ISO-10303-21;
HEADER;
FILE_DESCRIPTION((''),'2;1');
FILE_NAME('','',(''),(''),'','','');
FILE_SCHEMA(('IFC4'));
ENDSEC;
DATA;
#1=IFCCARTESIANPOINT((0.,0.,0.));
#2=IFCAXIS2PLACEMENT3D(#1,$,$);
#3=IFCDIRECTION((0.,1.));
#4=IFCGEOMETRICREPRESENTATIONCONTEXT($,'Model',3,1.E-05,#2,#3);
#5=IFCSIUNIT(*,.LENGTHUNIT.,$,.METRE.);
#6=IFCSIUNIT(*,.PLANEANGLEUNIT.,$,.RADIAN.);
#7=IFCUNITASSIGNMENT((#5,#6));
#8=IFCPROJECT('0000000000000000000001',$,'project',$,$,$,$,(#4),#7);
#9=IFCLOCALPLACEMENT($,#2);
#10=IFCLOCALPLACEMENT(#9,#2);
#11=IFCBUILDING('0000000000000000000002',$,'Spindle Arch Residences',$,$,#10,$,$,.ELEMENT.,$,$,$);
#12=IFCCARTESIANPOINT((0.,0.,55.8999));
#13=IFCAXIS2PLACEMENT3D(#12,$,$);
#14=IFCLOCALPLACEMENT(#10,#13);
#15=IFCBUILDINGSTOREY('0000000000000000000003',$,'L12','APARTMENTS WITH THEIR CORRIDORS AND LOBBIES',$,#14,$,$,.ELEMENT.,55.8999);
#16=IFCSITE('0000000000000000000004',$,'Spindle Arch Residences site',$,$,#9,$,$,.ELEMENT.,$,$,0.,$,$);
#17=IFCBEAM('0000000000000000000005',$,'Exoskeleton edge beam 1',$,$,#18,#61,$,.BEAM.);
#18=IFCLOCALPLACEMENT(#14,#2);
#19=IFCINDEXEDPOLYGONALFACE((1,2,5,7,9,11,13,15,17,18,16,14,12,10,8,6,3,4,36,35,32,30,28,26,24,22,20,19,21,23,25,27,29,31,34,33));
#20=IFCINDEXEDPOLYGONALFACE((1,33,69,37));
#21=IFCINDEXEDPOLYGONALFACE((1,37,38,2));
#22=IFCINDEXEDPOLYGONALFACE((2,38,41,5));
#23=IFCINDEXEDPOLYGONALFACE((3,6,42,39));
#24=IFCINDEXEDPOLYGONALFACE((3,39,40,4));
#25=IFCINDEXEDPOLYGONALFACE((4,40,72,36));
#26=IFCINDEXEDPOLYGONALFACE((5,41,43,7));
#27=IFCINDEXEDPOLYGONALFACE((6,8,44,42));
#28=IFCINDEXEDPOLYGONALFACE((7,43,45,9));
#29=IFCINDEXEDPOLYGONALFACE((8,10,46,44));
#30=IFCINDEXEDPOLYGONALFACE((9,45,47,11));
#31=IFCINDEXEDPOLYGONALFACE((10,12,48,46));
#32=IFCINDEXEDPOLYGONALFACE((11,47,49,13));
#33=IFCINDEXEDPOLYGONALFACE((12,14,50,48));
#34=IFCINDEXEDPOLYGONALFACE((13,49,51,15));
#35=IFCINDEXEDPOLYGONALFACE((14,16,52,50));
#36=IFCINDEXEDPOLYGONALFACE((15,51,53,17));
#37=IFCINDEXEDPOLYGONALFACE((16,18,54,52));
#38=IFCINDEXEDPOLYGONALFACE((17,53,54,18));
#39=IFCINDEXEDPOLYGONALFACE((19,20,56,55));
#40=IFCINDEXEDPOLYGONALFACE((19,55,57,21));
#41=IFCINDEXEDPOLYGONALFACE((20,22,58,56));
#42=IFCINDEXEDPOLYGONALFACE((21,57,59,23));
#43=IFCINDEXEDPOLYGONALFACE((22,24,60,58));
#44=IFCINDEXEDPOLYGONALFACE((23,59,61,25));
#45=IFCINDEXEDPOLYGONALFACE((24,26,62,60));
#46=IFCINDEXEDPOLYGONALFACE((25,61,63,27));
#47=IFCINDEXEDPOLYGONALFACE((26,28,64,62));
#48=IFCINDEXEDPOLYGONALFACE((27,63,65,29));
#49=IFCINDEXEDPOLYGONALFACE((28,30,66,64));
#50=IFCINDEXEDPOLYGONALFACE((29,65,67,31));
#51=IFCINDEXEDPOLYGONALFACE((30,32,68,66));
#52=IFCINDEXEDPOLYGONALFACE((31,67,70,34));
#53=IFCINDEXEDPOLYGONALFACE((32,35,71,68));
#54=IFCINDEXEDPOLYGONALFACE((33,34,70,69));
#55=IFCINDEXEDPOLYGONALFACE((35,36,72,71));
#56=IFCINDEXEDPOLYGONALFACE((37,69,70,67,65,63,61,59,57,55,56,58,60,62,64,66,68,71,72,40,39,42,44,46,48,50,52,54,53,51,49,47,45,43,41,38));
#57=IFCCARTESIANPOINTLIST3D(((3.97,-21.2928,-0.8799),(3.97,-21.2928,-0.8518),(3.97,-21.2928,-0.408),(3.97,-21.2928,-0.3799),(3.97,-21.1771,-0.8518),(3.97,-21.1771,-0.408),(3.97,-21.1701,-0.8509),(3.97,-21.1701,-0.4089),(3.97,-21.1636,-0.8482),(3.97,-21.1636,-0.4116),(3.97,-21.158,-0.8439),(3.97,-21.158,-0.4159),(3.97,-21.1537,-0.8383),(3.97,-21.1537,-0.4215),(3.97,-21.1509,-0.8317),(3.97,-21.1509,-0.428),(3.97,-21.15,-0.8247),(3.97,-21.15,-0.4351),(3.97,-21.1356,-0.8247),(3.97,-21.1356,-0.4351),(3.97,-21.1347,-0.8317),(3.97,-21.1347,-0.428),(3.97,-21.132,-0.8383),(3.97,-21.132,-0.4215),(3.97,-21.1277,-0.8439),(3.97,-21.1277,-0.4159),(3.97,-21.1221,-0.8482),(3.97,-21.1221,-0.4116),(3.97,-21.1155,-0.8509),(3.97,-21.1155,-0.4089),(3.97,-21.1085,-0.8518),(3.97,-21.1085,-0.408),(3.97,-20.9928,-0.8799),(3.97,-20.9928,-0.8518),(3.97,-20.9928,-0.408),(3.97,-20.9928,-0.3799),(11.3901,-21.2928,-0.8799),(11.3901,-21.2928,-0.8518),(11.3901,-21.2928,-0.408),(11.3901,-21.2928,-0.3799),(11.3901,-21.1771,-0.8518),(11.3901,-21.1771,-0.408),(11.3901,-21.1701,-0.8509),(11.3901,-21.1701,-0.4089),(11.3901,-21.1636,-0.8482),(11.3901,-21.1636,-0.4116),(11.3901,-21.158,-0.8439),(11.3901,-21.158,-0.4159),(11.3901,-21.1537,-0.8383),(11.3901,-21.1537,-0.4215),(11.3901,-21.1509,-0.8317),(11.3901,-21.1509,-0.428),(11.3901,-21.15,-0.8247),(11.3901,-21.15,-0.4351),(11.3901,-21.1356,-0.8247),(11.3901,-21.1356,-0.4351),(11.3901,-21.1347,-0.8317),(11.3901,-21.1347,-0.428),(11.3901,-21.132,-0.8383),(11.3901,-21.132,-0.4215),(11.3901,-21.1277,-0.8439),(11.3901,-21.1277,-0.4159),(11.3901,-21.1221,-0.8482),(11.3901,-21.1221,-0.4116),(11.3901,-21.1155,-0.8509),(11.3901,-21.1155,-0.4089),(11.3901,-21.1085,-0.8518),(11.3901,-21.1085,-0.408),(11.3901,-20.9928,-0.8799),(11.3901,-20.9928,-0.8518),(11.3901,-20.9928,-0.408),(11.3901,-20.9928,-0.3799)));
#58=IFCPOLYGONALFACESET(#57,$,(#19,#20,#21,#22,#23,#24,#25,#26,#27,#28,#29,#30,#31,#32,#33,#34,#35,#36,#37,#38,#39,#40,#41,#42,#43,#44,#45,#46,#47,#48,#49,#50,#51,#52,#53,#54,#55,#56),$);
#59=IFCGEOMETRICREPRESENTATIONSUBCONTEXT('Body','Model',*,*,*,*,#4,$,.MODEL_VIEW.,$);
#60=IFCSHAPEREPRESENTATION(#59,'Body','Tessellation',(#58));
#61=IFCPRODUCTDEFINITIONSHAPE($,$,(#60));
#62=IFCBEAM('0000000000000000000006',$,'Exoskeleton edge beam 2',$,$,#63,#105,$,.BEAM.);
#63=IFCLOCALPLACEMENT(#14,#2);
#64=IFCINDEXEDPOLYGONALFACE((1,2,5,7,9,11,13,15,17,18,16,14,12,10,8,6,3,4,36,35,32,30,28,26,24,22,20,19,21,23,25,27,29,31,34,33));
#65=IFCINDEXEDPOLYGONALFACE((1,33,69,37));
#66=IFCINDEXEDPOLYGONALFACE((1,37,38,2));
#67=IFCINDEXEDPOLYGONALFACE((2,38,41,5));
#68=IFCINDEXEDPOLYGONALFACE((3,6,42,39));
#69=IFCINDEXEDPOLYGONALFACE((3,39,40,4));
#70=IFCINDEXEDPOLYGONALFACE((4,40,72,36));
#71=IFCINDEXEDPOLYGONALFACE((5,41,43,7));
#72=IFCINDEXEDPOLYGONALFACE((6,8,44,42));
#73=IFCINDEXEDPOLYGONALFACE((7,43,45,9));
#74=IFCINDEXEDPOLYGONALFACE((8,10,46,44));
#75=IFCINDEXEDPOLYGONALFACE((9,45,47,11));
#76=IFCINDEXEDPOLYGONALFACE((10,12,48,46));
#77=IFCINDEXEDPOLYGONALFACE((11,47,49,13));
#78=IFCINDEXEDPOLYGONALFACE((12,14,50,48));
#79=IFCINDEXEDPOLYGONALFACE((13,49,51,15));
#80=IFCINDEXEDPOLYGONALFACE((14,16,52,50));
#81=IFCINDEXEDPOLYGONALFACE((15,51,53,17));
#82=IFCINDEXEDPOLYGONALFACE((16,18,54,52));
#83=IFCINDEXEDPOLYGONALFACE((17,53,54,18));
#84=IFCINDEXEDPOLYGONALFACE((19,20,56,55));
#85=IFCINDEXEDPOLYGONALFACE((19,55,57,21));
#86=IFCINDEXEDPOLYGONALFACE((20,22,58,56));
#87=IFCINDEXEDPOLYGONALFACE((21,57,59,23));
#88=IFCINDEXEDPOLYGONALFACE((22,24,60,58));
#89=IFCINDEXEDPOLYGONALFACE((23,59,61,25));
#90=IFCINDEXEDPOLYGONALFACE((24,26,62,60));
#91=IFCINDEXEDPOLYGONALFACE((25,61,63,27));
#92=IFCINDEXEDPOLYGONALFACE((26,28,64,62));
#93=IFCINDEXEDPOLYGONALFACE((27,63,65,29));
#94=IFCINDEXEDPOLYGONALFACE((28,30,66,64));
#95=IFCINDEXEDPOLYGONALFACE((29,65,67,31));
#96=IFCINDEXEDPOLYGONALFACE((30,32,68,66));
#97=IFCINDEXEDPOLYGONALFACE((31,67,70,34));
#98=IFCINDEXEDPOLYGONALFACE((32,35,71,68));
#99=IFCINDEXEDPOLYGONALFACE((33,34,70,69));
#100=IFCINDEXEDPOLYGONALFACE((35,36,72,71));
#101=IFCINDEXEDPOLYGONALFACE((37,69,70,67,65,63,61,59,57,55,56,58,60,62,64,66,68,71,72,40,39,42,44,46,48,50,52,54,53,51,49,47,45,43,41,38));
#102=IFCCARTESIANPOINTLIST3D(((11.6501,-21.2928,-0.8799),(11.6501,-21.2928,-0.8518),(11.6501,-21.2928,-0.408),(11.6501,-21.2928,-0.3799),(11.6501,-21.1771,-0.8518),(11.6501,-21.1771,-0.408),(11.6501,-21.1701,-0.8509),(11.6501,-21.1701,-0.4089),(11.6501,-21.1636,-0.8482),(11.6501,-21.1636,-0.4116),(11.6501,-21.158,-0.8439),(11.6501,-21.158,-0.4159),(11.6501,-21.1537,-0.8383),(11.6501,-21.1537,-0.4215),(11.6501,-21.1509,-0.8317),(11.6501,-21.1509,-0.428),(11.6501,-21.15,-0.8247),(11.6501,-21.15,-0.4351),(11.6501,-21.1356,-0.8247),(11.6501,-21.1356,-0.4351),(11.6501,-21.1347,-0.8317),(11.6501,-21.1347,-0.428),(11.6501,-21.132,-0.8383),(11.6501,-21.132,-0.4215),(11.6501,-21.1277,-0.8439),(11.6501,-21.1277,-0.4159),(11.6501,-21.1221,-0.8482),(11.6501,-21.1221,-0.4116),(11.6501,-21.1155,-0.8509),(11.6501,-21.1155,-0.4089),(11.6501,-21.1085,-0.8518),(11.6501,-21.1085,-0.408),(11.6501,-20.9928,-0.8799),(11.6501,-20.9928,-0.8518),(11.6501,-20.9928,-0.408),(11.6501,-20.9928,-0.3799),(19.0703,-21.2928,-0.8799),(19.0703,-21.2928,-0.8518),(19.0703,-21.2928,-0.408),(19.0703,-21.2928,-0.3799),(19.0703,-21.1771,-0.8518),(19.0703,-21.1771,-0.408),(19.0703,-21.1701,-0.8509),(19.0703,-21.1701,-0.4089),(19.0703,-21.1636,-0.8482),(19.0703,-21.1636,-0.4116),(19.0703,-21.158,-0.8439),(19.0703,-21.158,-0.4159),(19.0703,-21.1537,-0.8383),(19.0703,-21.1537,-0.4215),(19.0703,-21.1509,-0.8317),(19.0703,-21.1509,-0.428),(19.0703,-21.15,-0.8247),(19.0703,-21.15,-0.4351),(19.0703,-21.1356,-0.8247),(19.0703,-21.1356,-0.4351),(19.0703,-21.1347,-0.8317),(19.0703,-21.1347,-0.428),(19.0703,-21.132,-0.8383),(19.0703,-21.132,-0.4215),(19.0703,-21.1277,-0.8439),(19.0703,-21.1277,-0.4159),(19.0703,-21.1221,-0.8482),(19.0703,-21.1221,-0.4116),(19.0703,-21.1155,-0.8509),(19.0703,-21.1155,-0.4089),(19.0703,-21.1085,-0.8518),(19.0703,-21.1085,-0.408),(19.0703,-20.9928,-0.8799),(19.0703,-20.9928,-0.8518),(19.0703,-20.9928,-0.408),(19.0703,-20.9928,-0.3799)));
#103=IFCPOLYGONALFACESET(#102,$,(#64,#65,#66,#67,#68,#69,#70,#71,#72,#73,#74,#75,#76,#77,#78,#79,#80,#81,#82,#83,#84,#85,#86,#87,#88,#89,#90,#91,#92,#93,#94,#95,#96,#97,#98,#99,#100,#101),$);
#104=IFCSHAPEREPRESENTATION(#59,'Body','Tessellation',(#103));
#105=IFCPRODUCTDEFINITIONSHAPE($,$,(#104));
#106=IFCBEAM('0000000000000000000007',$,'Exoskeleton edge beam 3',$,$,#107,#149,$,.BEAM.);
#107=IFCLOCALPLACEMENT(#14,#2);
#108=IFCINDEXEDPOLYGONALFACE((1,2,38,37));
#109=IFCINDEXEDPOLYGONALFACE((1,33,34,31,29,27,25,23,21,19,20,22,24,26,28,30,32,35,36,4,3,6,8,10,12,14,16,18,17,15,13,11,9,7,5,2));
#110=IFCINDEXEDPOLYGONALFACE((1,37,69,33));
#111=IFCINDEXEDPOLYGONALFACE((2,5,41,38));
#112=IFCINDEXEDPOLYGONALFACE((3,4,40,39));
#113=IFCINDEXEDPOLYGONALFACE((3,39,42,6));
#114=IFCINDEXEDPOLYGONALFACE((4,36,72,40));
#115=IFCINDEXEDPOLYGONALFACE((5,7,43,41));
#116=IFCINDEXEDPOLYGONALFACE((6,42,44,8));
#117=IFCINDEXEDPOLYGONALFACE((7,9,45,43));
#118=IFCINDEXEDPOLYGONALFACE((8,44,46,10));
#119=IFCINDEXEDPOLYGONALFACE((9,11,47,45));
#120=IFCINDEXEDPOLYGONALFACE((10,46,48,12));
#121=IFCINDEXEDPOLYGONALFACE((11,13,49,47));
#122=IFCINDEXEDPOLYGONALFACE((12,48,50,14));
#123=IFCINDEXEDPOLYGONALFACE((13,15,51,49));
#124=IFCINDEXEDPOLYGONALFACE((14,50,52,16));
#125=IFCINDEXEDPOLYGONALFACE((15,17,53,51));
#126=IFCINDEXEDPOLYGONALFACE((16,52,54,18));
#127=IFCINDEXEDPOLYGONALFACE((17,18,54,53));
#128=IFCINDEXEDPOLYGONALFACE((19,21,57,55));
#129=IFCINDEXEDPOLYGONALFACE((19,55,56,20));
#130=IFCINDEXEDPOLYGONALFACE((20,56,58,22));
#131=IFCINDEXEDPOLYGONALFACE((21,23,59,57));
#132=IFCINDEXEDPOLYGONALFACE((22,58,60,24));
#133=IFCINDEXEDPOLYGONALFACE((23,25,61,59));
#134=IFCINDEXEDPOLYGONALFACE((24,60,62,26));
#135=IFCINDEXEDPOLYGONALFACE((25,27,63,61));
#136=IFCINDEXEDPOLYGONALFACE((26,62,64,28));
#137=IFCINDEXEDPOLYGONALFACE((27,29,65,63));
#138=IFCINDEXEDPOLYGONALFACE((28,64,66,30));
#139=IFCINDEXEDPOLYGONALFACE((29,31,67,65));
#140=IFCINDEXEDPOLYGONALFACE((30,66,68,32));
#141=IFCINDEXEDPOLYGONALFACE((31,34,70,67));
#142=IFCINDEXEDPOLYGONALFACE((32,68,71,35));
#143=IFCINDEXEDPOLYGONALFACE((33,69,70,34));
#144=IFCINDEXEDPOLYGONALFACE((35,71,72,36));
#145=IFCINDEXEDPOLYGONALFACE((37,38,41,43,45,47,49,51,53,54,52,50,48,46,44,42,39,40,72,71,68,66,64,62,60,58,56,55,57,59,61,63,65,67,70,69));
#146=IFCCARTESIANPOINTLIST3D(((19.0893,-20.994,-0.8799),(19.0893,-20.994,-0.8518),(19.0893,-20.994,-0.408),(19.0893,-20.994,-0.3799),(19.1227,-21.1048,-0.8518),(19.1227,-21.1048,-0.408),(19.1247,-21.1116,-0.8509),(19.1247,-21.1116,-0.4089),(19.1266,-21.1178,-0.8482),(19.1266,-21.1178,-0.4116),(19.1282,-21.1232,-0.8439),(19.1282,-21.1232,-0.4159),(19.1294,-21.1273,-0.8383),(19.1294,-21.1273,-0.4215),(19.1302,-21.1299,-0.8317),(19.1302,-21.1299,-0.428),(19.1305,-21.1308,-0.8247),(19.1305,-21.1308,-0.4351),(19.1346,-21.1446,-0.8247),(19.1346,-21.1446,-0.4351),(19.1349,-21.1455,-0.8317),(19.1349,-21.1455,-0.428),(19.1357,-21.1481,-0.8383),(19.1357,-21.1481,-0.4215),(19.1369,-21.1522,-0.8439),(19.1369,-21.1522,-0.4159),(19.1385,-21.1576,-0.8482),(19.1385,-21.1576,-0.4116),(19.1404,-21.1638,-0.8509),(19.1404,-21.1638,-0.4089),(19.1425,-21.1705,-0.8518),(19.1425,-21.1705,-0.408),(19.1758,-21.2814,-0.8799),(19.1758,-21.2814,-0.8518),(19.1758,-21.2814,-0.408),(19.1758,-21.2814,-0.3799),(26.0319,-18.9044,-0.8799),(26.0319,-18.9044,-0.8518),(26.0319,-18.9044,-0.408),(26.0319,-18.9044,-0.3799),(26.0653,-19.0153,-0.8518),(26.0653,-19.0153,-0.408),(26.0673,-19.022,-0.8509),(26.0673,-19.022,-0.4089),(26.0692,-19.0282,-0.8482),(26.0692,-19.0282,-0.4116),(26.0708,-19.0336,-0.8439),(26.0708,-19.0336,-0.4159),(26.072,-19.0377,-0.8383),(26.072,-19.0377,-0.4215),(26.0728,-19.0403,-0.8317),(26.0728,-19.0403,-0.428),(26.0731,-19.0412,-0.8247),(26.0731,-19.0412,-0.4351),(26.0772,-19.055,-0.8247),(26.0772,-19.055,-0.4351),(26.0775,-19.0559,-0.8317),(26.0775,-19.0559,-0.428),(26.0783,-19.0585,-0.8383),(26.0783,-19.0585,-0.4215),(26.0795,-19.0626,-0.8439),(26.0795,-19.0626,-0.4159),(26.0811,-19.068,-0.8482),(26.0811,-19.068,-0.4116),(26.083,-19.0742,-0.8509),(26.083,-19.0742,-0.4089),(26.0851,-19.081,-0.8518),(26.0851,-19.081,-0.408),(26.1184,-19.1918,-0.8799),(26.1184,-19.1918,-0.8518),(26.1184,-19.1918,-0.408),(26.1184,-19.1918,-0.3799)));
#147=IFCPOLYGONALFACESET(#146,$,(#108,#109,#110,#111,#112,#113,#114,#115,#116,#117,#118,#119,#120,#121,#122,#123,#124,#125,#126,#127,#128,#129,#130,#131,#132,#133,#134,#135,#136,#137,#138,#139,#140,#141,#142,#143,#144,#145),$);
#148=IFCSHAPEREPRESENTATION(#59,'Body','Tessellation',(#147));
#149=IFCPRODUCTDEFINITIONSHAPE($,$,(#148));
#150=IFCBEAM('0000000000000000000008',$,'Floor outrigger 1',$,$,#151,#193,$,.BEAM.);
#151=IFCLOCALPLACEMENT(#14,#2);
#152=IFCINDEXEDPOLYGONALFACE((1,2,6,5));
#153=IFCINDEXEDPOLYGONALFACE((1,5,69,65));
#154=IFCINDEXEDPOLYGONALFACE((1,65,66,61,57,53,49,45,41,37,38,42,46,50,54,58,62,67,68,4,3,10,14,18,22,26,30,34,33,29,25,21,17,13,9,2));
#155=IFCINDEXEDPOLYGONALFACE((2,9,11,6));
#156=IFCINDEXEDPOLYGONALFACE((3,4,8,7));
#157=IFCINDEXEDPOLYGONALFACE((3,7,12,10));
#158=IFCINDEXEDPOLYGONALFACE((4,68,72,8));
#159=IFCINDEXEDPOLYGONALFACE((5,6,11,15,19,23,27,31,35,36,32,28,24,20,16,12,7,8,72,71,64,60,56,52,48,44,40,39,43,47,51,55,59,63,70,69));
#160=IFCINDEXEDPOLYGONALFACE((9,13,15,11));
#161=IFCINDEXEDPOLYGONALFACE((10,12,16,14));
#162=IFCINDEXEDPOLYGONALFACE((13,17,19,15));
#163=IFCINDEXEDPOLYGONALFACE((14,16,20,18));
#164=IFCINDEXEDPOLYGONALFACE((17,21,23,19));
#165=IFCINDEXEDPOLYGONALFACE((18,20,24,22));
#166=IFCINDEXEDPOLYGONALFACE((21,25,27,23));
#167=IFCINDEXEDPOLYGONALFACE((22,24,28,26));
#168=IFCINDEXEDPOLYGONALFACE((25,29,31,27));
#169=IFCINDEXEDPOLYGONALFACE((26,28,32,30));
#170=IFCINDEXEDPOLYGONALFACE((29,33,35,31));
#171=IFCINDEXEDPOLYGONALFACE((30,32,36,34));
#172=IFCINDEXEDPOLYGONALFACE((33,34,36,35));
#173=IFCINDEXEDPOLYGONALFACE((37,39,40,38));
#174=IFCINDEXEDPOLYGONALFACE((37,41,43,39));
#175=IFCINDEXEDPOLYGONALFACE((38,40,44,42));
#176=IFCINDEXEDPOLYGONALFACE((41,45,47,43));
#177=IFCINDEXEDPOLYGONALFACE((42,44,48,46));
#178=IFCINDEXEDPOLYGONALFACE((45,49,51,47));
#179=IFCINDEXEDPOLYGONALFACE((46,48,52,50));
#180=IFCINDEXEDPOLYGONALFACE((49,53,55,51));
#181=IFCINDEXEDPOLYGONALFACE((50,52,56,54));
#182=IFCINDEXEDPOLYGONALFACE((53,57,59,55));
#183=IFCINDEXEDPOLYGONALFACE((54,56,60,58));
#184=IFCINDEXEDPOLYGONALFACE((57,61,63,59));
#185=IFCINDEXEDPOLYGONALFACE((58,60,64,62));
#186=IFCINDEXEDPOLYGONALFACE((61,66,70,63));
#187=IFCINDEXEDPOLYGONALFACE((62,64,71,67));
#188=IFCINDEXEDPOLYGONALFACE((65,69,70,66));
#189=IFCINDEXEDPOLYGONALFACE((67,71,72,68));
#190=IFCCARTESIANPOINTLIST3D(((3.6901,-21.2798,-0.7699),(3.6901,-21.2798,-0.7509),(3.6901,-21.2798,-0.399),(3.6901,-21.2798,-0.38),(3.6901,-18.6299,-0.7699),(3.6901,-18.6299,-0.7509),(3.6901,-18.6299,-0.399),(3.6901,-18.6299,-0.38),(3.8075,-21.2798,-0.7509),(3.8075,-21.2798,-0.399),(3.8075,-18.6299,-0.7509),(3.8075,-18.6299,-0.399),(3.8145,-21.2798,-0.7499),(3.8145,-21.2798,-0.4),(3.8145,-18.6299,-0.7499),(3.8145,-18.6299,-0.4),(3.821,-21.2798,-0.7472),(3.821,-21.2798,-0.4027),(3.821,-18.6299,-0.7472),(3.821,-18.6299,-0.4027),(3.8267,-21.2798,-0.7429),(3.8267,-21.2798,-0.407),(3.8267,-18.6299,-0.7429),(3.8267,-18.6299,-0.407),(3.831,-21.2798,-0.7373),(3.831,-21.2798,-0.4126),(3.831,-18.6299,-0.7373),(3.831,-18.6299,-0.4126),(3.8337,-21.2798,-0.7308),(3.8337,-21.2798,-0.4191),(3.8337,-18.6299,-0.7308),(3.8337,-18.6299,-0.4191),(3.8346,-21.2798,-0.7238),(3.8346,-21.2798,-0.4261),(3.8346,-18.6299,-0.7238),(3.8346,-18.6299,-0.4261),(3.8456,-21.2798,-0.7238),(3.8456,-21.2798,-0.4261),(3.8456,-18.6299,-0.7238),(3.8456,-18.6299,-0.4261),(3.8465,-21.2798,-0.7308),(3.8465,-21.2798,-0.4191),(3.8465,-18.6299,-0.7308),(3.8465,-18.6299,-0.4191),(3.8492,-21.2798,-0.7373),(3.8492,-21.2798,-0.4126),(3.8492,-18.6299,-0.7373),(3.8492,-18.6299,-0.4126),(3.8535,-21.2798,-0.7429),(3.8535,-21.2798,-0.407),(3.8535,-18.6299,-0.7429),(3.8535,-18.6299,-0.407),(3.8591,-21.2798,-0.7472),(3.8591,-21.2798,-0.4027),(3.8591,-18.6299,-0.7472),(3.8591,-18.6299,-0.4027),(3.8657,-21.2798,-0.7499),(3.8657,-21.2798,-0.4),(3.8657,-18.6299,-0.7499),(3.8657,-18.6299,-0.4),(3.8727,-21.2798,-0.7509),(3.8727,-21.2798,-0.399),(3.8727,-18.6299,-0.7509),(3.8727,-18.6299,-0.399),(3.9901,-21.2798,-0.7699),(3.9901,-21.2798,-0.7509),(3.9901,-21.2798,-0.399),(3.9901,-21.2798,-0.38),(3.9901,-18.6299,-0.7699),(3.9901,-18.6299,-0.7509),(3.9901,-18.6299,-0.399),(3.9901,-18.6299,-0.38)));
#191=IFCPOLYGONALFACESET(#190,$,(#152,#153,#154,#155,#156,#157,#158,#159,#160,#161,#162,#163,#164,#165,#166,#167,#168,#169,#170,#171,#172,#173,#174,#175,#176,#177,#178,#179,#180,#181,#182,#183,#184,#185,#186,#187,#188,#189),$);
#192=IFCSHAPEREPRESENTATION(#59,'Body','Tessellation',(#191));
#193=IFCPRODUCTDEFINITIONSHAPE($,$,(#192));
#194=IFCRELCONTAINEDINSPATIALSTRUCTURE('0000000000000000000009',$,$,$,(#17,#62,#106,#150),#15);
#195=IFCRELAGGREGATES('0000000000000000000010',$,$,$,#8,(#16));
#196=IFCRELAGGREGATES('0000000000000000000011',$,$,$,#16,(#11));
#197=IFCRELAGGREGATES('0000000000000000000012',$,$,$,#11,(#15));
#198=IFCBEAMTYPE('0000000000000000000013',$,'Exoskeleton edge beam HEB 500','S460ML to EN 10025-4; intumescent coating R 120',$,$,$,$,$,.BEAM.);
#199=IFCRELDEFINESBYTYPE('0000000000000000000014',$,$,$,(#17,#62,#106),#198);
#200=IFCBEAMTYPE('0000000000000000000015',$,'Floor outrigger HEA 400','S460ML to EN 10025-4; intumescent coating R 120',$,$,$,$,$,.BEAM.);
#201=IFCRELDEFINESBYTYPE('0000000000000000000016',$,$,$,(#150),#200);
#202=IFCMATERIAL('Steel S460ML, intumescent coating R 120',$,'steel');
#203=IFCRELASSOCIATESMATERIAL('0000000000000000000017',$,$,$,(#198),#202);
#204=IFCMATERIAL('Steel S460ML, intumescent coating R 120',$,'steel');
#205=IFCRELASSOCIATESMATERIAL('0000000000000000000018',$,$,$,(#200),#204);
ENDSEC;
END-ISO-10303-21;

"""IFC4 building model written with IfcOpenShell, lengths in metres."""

from ifc_helpers import new_model, si_unit, direction, frame, origin, origin_2d, place, context, subcontext, project, spatial, i_section, extrude, material, material_profile, profile_set, type_object, element, save


model = new_model("IFC4")

# Units and contexts
model_context = context("Model", 3, precision=1e-05, world=origin(), true_north=direction((0.0, 1.0)))
body_context = subcontext(model_context, "Body", "Model", "MODEL_VIEW")
ifc_project = project(units=[si_unit("LENGTHUNIT", "METRE"), si_unit("PLANEANGLEUNIT", "RADIAN")], contexts=[model_context])

# Site, building, storey
site_placement = place(None, origin())
site = spatial("IfcSite", under=ifc_project, at=site_placement, Name="Spindle Arch Residences site", CompositionType="ELEMENT", RefElevation=0.0)
building_placement = place(site_placement, origin())
building = spatial("IfcBuilding", under=site, at=building_placement, Name="Spindle Arch Residences", CompositionType="ELEMENT")
storey_placement = place(building_placement, frame((0.0, 0.0, 55.8999)))
storey = spatial("IfcBuildingStorey", under=building, at=storey_placement, Name="L12", Description="APARTMENTS WITH THEIR CORRIDORS AND LOBBIES", CompositionType="ELEMENT", Elevation=55.8999)

# Beams
ifc_material_1 = material(Name="Steel S460ML, intumescent coating R 120", Category="steel")
ifc_material_profile_1 = material_profile(ifc_material_1, i_section(OverallWidth=0.3, OverallDepth=0.5, WebThickness=0.0144, FlangeThickness=0.0281, FilletRadius=0.0271, at=origin_2d()), Name="HEB 500")
ifc_profile_set_1 = profile_set([ifc_material_profile_1], Name="Steel S460ML, intumescent coating R 120")
beam_type_1 = type_object("IfcBeamType", Name="Exoskeleton edge beam HEB 500", Description="S460ML to EN 10025-4; intumescent coating R 120", PredefinedType="BEAM", material=ifc_profile_set_1)
for number, where, z_axis, x_axis, name in (
    (1, (3.97, -21.1428, -0.6299), (1.0, 0.0, 0.0), (0.0, 1.0, 0.0), "Exoskeleton edge beam 1"),
    (2, (11.6501, -21.1428, -0.6299), (1.0, 0.0, 0.0), (0.0, 1.0, 0.0), "Exoskeleton edge beam 2"),
):
    element("IfcBeam", number, at=place(storey_placement, frame(where, z_axis=z_axis, x_axis=x_axis)), inside=storey, type_object=beam_type_1, Name=name, PredefinedType="BEAM", context=body_context, shape_type="SweptSolid", body=[
        extrude(i_section(OverallWidth=0.3, OverallDepth=0.5, WebThickness=0.0144, FlangeThickness=0.0281, FilletRadius=0.0271, at=origin_2d()), origin(), (0.0, 0.0, 1.0), 7.4202),
    ])
beam_placement = place(storey_placement, frame((19.1326, -21.1377, -0.6299), z_axis=(0.957567, 0.28821, 0.0), x_axis=(-0.28821, 0.957567, 0.0)))
element("IfcBeam", 3, at=beam_placement, inside=storey, type_object=beam_type_1, Name="Exoskeleton edge beam 3", PredefinedType="BEAM", context=body_context, shape_type="SweptSolid", body=[
    extrude(i_section(OverallWidth=0.3, OverallDepth=0.5, WebThickness=0.0144, FlangeThickness=0.0281, FilletRadius=0.0271, at=origin_2d()), origin(), (0.0, 0.0, 1.0), 7.2502),
])
ifc_material_2 = material(Name="Steel S460ML, intumescent coating R 120", Category="steel")
ifc_material_profile_2 = material_profile(ifc_material_2, i_section(OverallWidth=0.3, OverallDepth=0.3899, WebThickness=0.011, FlangeThickness=0.019, FilletRadius=0.0271, at=origin_2d()), Name="HEA 400")
ifc_profile_set_2 = profile_set([ifc_material_profile_2], Name="Steel S460ML, intumescent coating R 120")
beam_type_2 = type_object("IfcBeamType", Name="Floor outrigger HEA 400", Description="S460ML to EN 10025-4; intumescent coating R 120", PredefinedType="BEAM", material=ifc_profile_set_2)
for number, where, z_axis, x_axis, name in (
    (4, (3.8401, -21.2798, -0.575), (0.0, 1.0, 0.0), (-1.0, 0.0, 0.0), "Floor outrigger 1"),
):
    element("IfcBeam", number, at=place(storey_placement, frame(where, z_axis=z_axis, x_axis=x_axis)), inside=storey, type_object=beam_type_2, Name=name, PredefinedType="BEAM", context=body_context, shape_type="SweptSolid", body=[
        extrude(i_section(OverallWidth=0.3, OverallDepth=0.3899, WebThickness=0.011, FlangeThickness=0.019, FilletRadius=0.0271, at=origin_2d()), origin(), (0.0, 0.0, 1.0), 2.6499),
    ])

save(model, "model.ifc")
